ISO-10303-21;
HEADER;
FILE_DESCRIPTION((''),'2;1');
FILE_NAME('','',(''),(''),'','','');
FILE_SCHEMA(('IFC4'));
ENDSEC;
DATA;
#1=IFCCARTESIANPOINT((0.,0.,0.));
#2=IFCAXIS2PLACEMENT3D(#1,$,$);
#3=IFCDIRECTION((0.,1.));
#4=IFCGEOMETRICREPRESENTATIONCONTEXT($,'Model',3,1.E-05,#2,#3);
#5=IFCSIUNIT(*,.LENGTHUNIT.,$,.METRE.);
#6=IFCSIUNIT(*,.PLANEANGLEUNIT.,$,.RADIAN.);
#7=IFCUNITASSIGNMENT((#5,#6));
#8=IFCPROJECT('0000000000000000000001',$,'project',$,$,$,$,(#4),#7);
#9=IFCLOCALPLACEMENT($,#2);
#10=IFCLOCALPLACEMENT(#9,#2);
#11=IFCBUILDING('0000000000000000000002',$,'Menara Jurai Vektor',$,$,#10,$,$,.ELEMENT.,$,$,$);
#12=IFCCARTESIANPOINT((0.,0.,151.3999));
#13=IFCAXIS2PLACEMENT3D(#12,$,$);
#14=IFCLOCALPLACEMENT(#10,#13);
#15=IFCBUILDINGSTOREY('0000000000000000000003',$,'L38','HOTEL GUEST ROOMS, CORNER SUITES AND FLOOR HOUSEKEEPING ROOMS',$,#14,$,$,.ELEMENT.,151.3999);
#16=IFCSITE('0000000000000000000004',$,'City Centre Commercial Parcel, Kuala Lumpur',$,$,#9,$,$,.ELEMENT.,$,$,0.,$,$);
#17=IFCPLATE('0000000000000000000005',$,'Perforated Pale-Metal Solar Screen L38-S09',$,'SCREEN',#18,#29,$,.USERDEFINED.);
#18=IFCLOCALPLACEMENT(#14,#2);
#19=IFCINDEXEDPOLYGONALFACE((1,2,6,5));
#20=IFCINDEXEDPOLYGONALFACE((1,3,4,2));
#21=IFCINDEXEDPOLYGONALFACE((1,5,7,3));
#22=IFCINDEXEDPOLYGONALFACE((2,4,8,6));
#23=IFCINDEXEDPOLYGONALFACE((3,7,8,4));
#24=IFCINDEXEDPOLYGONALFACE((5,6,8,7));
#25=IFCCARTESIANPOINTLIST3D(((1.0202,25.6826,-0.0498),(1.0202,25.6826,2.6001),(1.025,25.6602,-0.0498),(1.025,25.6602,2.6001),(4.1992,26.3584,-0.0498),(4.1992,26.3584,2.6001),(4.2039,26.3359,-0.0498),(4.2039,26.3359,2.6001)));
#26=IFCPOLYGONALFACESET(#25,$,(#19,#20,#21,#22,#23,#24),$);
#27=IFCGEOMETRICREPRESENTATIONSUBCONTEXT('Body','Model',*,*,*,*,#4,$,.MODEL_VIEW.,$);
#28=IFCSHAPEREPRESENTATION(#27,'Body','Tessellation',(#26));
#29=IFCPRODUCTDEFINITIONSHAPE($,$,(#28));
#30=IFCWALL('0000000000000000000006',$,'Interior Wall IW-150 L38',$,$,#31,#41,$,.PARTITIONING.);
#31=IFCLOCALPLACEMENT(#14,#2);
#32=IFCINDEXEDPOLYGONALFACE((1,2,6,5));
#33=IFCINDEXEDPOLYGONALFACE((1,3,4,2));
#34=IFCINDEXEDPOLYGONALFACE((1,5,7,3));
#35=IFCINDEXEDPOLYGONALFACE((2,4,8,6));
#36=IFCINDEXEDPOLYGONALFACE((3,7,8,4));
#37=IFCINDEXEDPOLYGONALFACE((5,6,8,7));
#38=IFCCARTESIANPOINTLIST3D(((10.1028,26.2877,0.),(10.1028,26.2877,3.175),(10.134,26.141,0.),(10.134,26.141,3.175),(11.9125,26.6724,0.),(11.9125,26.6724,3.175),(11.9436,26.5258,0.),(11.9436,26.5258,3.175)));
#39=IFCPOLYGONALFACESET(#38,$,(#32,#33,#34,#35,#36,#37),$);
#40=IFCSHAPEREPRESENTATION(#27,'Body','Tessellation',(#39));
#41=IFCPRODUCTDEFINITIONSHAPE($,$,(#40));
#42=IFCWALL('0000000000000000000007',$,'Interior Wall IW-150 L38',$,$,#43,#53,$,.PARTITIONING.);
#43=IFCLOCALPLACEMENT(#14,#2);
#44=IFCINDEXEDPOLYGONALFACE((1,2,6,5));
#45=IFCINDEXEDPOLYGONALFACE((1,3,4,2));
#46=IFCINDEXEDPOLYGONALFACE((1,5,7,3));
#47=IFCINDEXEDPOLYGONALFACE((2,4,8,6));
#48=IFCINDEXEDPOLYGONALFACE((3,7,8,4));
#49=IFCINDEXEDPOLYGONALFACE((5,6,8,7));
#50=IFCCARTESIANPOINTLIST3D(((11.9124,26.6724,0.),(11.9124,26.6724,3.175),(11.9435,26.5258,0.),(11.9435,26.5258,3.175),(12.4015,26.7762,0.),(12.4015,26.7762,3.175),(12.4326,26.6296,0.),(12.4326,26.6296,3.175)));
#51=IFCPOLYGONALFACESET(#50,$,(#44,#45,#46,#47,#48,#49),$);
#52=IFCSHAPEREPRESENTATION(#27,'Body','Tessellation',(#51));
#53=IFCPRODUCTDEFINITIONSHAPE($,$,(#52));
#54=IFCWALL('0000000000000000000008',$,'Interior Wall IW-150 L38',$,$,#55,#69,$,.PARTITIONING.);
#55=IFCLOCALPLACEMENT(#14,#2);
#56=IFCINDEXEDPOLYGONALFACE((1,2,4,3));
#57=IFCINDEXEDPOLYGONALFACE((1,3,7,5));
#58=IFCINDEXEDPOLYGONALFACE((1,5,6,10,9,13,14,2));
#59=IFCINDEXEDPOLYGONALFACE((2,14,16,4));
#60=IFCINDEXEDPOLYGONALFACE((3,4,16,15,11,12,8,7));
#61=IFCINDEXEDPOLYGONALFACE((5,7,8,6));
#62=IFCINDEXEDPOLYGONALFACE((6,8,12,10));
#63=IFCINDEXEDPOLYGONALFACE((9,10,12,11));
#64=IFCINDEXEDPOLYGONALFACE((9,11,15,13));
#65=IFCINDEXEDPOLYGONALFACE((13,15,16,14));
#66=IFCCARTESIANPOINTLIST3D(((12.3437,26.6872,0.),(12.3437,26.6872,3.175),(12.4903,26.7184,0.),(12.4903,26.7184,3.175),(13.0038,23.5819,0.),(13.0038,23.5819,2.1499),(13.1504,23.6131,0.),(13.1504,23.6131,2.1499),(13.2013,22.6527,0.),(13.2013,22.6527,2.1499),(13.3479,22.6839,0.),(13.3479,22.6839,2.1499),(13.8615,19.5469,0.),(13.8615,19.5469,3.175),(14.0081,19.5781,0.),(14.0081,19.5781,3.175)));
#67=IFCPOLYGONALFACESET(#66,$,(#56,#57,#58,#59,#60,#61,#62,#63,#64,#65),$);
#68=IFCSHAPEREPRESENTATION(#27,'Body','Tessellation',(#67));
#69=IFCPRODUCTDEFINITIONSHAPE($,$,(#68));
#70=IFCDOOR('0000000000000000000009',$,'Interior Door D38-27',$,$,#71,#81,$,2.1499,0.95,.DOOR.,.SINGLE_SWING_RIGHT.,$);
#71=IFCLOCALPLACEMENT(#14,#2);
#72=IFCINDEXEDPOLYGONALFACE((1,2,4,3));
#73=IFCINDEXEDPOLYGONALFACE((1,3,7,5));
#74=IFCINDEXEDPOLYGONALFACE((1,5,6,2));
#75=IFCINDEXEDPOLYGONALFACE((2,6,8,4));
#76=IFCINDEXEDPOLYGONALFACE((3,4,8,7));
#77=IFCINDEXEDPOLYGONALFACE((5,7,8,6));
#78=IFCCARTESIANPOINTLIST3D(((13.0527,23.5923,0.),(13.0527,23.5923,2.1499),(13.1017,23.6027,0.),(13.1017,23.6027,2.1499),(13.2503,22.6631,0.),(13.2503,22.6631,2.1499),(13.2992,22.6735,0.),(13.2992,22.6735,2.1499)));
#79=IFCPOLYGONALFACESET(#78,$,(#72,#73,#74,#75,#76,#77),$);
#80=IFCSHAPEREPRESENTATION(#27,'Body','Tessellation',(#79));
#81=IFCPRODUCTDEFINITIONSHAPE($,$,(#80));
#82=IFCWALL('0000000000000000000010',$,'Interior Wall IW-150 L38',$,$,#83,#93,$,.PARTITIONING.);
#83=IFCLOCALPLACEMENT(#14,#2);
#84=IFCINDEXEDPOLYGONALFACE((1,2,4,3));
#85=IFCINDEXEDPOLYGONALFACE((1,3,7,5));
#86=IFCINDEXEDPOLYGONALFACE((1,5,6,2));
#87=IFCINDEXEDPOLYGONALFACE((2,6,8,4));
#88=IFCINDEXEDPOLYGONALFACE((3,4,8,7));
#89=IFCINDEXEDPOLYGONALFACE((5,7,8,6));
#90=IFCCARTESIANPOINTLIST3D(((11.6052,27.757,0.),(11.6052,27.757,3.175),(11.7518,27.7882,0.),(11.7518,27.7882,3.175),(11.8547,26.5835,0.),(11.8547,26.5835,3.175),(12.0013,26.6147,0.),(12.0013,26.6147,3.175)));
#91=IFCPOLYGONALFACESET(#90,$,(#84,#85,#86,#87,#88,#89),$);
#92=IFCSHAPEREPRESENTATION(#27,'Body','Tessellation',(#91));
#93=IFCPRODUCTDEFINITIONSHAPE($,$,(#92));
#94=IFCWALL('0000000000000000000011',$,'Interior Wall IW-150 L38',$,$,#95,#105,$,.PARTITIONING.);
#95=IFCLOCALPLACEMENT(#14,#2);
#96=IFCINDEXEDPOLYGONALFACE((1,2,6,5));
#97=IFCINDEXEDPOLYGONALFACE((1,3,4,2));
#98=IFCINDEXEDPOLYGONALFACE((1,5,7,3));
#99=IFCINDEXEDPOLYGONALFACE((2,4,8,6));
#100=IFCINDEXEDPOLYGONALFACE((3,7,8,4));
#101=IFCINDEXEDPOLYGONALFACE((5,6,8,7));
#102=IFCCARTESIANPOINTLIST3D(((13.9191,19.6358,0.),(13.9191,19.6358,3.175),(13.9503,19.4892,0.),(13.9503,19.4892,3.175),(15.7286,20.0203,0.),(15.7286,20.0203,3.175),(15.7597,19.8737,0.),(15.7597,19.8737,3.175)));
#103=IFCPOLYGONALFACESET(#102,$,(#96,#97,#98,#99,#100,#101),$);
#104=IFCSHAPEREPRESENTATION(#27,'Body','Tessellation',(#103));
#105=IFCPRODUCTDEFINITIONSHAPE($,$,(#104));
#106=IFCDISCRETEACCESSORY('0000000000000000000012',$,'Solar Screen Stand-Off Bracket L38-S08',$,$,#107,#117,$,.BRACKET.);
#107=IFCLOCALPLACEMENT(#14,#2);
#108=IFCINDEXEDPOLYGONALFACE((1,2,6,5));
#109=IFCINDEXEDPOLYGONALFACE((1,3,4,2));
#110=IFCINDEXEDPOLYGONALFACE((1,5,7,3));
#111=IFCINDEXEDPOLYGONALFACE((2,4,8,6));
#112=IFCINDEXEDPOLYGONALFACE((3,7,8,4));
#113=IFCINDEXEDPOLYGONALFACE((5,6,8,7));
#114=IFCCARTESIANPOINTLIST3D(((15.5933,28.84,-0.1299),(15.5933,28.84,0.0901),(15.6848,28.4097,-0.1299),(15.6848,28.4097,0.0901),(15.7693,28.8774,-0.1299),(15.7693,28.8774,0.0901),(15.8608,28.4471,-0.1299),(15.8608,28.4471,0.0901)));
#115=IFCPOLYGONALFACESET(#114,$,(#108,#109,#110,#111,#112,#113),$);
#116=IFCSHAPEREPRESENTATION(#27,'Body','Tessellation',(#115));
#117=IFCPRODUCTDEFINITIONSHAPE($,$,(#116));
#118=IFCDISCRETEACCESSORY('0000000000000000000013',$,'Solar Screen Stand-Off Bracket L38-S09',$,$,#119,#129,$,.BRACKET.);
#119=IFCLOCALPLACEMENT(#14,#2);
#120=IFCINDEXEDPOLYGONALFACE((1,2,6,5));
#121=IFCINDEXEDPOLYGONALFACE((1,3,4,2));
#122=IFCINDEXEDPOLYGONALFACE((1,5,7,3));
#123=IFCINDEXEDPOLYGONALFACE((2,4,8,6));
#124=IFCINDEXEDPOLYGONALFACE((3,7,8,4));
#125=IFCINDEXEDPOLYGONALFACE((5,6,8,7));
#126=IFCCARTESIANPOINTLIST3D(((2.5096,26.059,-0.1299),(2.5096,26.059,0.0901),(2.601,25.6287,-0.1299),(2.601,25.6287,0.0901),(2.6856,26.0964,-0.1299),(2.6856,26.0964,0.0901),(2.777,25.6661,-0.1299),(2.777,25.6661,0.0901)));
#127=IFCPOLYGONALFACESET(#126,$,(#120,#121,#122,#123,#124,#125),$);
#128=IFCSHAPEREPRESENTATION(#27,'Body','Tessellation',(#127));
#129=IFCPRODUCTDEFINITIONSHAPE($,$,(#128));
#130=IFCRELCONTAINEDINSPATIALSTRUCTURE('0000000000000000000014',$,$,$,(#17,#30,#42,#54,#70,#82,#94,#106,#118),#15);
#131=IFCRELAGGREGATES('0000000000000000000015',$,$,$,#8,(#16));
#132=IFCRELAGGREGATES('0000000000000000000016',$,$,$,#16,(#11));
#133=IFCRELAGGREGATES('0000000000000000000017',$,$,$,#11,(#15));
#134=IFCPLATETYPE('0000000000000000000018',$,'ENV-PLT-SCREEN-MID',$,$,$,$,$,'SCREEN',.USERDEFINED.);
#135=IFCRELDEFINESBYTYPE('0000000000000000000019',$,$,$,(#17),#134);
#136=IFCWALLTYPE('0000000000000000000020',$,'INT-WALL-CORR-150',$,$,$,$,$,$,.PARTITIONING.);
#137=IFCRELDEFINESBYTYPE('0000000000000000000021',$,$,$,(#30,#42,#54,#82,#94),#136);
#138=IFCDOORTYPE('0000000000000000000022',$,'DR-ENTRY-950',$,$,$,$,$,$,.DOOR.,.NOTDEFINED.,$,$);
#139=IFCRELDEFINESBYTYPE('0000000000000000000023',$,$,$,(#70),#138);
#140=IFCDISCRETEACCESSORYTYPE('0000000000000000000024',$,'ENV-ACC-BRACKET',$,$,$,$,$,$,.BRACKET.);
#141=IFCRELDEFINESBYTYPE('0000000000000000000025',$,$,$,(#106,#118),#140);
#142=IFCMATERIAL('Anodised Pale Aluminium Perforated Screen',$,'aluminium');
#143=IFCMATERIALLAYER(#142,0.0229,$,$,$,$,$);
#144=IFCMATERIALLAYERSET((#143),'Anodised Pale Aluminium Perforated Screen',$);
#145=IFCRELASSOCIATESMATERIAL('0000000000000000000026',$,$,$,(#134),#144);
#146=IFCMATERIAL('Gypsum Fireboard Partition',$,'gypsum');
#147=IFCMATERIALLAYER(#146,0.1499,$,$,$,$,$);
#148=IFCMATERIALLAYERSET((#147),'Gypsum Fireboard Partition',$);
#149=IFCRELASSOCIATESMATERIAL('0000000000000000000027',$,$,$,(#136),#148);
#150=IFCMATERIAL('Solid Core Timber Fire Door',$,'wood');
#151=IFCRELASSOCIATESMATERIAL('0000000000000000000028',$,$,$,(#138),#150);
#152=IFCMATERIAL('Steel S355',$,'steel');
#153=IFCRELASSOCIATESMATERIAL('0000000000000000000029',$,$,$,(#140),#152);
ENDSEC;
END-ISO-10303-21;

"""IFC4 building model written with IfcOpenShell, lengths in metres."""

from ifc_helpers import new_model, si_unit, direction, frame, frame_2d, origin, origin_2d, place, context, subcontext, project, spatial, rectangle, extrude, material, layer, layer_set, type_object, element, fill, save


model = new_model("IFC4")

# Units and contexts
model_context = context("Model", 3, precision=1e-05, world=origin(), true_north=direction((0.0, 1.0)))
body_context = subcontext(model_context, "Body", "Model", "MODEL_VIEW")
ifc_project = project(units=[si_unit("LENGTHUNIT", "METRE"), si_unit("PLANEANGLEUNIT", "RADIAN")], contexts=[model_context])

# Site, building, storey
site_placement = place(None, origin())
site = spatial("IfcSite", under=ifc_project, at=site_placement, Name="City Centre Commercial Parcel, Kuala Lumpur", CompositionType="ELEMENT", RefElevation=0.0)
building_placement = place(site_placement, origin())
building = spatial("IfcBuilding", under=site, at=building_placement, Name="Menara Jurai Vektor", CompositionType="ELEMENT")
storey_placement = place(building_placement, frame((0.0, 0.0, 151.3999)))
storey = spatial("IfcBuildingStorey", under=building, at=storey_placement, Name="L38", Description="HOTEL GUEST ROOMS, CORNER SUITES AND FLOOR HOUSEKEEPING ROOMS", CompositionType="ELEMENT", Elevation=151.3999)

# Shared definitions
ifc_material_1 = material(Name="Steel S355", Category="steel")

# Plate
ifc_material_2 = material(Name="Anodised Pale Aluminium Perforated Screen", Category="aluminium")
ifc_layer_1 = layer(ifc_material_2, 0.0229)
ifc_layer_set_1 = layer_set([ifc_layer_1], Name="Anodised Pale Aluminium Perforated Screen")
plate_type_1 = type_object("IfcPlateType", Name="ENV-PLT-SCREEN-MID", ElementType="SCREEN", PredefinedType="USERDEFINED", material=ifc_layer_set_1)
for number, where, z_axis, x_axis, name in (
    (1, (2.6121, 26.0093, -0.0498), (0.0, 0.0, 1.0), (-0.978148, -0.207912, 0.0), "Perforated Pale-Metal Solar Screen L38-S09"),
):
    element("IfcPlate", number, at=place(storey_placement, frame(where, z_axis=z_axis, x_axis=x_axis)), inside=storey, type_object=plate_type_1, Name=name, ObjectType="SCREEN", PredefinedType="USERDEFINED", context=body_context, shape_type="SweptSolid", body=[
        extrude(rectangle(XDim=3.25, YDim=0.0229, at=origin_2d()), origin(), (0.0, 0.0, 1.0), 2.6499),
    ])

# Walls
ifc_material_3 = material(Name="Gypsum Fireboard Partition", Category="gypsum")
ifc_layer_2 = layer(ifc_material_3, 0.1499)
ifc_layer_set_2 = layer_set([ifc_layer_2], Name="Gypsum Fireboard Partition")
wall_type = type_object("IfcWallType", Name="INT-WALL-CORR-150", PredefinedType="PARTITIONING", material=ifc_layer_set_2)
wall_1_placement = place(storey_placement, frame((10.1184, 26.2144, 0.0), z_axis=(0.0, 0.0, 1.0), x_axis=(0.978133, 0.207979, 0.0)))
element("IfcWall", 2, at=wall_1_placement, inside=storey, type_object=wall_type, Name="Interior Wall IW-150 L38", PredefinedType="PARTITIONING", context=body_context, shape_type="SweptSolid", body=[
    extrude(rectangle(XDim=1.8501, YDim=0.1499, at=frame_2d((0.925, 0.0))), origin(), (0.0, 0.0, 1.0), 3.175),
])
wall_2_placement = place(storey_placement, frame((11.928, 26.5991, 0.0), z_axis=(0.0, 0.0, 1.0), x_axis=(0.978222, 0.207561, 0.0)))
element("IfcWall", 3, at=wall_2_placement, inside=storey, type_object=wall_type, Name="Interior Wall IW-150 L38", PredefinedType="PARTITIONING", context=body_context, shape_type="SweptSolid", body=[
    extrude(rectangle(XDim=0.5, YDim=0.1499, at=frame_2d((0.25, 0.0))), origin(), (0.0, 0.0, 1.0), 3.175),
])

# Wall, opening, door
wall_3_placement = place(storey_placement, frame((13.9348, 19.5625, 0.0), z_axis=(0.0, 0.0, 1.0), x_axis=(-0.207923, 0.978145, 0.0)))
wall_3 = element("IfcWall", 4, at=wall_3_placement, inside=storey, type_object=wall_type, Name="Interior Wall IW-150 L38", PredefinedType="PARTITIONING", context=body_context, shape_type="SweptSolid", body=[
    extrude(rectangle(XDim=7.2998, YDim=0.1499, at=frame_2d((3.6499, 0.0))), origin(), (0.0, 0.0, 1.0), 3.175),
])
opening_placement = place(wall_3_placement, frame((3.175, 0.0, 0.0)))
opening = element("IfcOpeningElement", 5, at=opening_placement, cuts=wall_3, PredefinedType="OPENING", context=body_context, shape_type="SweptSolid", body=[
    extrude(rectangle(XDim=0.95, YDim=2.1499, at=frame_2d((0.4751, 1.075))), frame((0.0, 0.085, 0.0), z_axis=(0.0, -1.0, 0.0), x_axis=(1.0, 0.0, 0.0)), (0.0, 0.0, 1.0), 0.1699),
])
ifc_material_4 = material(Name="Solid Core Timber Fire Door", Category="wood")
door_type = type_object("IfcDoorType", Name="DR-ENTRY-950", OperationType="NOTDEFINED", PredefinedType="DOOR", material=ifc_material_4)
door_placement = place(opening_placement, origin())
door = element("IfcDoor", 6, at=door_placement, inside=storey, type_object=door_type, Name="Interior Door D38-27", OperationType="SINGLE_SWING_RIGHT", OverallHeight=2.1499, OverallWidth=0.95, PredefinedType="DOOR", context=body_context, shape_type="SweptSolid", body=[
    extrude(rectangle(XDim=0.95, YDim=2.1499, at=frame_2d((0.4751, 1.075))), frame((0.0, 0.0249, 0.0), z_axis=(0.0, -1.0, 0.0), x_axis=(1.0, 0.0, 0.0)), (0.0, 0.0, 1.0), 0.05),
])
fill(opening, door)

# Walls
wall_4_placement = place(storey_placement, frame((11.928, 26.5991, 0.0), z_axis=(0.0, 0.0, 1.0), x_axis=(-0.207959, 0.978138, 0.0)))
element("IfcWall", 7, at=wall_4_placement, inside=storey, type_object=wall_type, Name="Interior Wall IW-150 L38", PredefinedType="PARTITIONING", context=body_context, shape_type="SweptSolid", body=[
    extrude(rectangle(XDim=1.1997, YDim=0.1499, at=frame_2d((0.5999, 0.0))), origin(), (0.0, 0.0, 1.0), 3.175),
])
wall_5_placement = place(storey_placement, frame((13.9348, 19.5625, 0.0), z_axis=(0.0, 0.0, 1.0), x_axis=(0.97816, 0.207852, 0.0)))
element("IfcWall", 8, at=wall_5_placement, inside=storey, type_object=wall_type, Name="Interior Wall IW-150 L38", PredefinedType="PARTITIONING", context=body_context, shape_type="SweptSolid", body=[
    extrude(rectangle(XDim=1.8499, YDim=0.1499, at=frame_2d((0.9248, 0.0))), origin(), (0.0, 0.0, 1.0), 3.175),
])

# Discrete accessories
discrete_accessory_type = type_object("IfcDiscreteAccessoryType", Name="ENV-ACC-BRACKET", PredefinedType="BRACKET", material=ifc_material_1)
for number, where, z_axis, x_axis, name in (
    (9, (15.7271, 28.6436, -0.1299), (0.0, 0.0, 1.0), (-0.978148, -0.207912, 0.0), "Solar Screen Stand-Off Bracket L38-S08"),
    (10, (2.6433, 25.8625, -0.1299), (0.0, 0.0, 1.0), (-0.978148, -0.207912, 0.0), "Solar Screen Stand-Off Bracket L38-S09"),
):
    element("IfcDiscreteAccessory", number, at=place(storey_placement, frame(where, z_axis=z_axis, x_axis=x_axis)), inside=storey, type_object=discrete_accessory_type, Name=name, PredefinedType="BRACKET", context=body_context, shape_type="SweptSolid", body=[
        extrude(rectangle(XDim=0.1799, YDim=0.4399, at=origin_2d()), origin(), (0.0, 0.0, 1.0), 0.22),
    ])

save(model, "model.ifc")
